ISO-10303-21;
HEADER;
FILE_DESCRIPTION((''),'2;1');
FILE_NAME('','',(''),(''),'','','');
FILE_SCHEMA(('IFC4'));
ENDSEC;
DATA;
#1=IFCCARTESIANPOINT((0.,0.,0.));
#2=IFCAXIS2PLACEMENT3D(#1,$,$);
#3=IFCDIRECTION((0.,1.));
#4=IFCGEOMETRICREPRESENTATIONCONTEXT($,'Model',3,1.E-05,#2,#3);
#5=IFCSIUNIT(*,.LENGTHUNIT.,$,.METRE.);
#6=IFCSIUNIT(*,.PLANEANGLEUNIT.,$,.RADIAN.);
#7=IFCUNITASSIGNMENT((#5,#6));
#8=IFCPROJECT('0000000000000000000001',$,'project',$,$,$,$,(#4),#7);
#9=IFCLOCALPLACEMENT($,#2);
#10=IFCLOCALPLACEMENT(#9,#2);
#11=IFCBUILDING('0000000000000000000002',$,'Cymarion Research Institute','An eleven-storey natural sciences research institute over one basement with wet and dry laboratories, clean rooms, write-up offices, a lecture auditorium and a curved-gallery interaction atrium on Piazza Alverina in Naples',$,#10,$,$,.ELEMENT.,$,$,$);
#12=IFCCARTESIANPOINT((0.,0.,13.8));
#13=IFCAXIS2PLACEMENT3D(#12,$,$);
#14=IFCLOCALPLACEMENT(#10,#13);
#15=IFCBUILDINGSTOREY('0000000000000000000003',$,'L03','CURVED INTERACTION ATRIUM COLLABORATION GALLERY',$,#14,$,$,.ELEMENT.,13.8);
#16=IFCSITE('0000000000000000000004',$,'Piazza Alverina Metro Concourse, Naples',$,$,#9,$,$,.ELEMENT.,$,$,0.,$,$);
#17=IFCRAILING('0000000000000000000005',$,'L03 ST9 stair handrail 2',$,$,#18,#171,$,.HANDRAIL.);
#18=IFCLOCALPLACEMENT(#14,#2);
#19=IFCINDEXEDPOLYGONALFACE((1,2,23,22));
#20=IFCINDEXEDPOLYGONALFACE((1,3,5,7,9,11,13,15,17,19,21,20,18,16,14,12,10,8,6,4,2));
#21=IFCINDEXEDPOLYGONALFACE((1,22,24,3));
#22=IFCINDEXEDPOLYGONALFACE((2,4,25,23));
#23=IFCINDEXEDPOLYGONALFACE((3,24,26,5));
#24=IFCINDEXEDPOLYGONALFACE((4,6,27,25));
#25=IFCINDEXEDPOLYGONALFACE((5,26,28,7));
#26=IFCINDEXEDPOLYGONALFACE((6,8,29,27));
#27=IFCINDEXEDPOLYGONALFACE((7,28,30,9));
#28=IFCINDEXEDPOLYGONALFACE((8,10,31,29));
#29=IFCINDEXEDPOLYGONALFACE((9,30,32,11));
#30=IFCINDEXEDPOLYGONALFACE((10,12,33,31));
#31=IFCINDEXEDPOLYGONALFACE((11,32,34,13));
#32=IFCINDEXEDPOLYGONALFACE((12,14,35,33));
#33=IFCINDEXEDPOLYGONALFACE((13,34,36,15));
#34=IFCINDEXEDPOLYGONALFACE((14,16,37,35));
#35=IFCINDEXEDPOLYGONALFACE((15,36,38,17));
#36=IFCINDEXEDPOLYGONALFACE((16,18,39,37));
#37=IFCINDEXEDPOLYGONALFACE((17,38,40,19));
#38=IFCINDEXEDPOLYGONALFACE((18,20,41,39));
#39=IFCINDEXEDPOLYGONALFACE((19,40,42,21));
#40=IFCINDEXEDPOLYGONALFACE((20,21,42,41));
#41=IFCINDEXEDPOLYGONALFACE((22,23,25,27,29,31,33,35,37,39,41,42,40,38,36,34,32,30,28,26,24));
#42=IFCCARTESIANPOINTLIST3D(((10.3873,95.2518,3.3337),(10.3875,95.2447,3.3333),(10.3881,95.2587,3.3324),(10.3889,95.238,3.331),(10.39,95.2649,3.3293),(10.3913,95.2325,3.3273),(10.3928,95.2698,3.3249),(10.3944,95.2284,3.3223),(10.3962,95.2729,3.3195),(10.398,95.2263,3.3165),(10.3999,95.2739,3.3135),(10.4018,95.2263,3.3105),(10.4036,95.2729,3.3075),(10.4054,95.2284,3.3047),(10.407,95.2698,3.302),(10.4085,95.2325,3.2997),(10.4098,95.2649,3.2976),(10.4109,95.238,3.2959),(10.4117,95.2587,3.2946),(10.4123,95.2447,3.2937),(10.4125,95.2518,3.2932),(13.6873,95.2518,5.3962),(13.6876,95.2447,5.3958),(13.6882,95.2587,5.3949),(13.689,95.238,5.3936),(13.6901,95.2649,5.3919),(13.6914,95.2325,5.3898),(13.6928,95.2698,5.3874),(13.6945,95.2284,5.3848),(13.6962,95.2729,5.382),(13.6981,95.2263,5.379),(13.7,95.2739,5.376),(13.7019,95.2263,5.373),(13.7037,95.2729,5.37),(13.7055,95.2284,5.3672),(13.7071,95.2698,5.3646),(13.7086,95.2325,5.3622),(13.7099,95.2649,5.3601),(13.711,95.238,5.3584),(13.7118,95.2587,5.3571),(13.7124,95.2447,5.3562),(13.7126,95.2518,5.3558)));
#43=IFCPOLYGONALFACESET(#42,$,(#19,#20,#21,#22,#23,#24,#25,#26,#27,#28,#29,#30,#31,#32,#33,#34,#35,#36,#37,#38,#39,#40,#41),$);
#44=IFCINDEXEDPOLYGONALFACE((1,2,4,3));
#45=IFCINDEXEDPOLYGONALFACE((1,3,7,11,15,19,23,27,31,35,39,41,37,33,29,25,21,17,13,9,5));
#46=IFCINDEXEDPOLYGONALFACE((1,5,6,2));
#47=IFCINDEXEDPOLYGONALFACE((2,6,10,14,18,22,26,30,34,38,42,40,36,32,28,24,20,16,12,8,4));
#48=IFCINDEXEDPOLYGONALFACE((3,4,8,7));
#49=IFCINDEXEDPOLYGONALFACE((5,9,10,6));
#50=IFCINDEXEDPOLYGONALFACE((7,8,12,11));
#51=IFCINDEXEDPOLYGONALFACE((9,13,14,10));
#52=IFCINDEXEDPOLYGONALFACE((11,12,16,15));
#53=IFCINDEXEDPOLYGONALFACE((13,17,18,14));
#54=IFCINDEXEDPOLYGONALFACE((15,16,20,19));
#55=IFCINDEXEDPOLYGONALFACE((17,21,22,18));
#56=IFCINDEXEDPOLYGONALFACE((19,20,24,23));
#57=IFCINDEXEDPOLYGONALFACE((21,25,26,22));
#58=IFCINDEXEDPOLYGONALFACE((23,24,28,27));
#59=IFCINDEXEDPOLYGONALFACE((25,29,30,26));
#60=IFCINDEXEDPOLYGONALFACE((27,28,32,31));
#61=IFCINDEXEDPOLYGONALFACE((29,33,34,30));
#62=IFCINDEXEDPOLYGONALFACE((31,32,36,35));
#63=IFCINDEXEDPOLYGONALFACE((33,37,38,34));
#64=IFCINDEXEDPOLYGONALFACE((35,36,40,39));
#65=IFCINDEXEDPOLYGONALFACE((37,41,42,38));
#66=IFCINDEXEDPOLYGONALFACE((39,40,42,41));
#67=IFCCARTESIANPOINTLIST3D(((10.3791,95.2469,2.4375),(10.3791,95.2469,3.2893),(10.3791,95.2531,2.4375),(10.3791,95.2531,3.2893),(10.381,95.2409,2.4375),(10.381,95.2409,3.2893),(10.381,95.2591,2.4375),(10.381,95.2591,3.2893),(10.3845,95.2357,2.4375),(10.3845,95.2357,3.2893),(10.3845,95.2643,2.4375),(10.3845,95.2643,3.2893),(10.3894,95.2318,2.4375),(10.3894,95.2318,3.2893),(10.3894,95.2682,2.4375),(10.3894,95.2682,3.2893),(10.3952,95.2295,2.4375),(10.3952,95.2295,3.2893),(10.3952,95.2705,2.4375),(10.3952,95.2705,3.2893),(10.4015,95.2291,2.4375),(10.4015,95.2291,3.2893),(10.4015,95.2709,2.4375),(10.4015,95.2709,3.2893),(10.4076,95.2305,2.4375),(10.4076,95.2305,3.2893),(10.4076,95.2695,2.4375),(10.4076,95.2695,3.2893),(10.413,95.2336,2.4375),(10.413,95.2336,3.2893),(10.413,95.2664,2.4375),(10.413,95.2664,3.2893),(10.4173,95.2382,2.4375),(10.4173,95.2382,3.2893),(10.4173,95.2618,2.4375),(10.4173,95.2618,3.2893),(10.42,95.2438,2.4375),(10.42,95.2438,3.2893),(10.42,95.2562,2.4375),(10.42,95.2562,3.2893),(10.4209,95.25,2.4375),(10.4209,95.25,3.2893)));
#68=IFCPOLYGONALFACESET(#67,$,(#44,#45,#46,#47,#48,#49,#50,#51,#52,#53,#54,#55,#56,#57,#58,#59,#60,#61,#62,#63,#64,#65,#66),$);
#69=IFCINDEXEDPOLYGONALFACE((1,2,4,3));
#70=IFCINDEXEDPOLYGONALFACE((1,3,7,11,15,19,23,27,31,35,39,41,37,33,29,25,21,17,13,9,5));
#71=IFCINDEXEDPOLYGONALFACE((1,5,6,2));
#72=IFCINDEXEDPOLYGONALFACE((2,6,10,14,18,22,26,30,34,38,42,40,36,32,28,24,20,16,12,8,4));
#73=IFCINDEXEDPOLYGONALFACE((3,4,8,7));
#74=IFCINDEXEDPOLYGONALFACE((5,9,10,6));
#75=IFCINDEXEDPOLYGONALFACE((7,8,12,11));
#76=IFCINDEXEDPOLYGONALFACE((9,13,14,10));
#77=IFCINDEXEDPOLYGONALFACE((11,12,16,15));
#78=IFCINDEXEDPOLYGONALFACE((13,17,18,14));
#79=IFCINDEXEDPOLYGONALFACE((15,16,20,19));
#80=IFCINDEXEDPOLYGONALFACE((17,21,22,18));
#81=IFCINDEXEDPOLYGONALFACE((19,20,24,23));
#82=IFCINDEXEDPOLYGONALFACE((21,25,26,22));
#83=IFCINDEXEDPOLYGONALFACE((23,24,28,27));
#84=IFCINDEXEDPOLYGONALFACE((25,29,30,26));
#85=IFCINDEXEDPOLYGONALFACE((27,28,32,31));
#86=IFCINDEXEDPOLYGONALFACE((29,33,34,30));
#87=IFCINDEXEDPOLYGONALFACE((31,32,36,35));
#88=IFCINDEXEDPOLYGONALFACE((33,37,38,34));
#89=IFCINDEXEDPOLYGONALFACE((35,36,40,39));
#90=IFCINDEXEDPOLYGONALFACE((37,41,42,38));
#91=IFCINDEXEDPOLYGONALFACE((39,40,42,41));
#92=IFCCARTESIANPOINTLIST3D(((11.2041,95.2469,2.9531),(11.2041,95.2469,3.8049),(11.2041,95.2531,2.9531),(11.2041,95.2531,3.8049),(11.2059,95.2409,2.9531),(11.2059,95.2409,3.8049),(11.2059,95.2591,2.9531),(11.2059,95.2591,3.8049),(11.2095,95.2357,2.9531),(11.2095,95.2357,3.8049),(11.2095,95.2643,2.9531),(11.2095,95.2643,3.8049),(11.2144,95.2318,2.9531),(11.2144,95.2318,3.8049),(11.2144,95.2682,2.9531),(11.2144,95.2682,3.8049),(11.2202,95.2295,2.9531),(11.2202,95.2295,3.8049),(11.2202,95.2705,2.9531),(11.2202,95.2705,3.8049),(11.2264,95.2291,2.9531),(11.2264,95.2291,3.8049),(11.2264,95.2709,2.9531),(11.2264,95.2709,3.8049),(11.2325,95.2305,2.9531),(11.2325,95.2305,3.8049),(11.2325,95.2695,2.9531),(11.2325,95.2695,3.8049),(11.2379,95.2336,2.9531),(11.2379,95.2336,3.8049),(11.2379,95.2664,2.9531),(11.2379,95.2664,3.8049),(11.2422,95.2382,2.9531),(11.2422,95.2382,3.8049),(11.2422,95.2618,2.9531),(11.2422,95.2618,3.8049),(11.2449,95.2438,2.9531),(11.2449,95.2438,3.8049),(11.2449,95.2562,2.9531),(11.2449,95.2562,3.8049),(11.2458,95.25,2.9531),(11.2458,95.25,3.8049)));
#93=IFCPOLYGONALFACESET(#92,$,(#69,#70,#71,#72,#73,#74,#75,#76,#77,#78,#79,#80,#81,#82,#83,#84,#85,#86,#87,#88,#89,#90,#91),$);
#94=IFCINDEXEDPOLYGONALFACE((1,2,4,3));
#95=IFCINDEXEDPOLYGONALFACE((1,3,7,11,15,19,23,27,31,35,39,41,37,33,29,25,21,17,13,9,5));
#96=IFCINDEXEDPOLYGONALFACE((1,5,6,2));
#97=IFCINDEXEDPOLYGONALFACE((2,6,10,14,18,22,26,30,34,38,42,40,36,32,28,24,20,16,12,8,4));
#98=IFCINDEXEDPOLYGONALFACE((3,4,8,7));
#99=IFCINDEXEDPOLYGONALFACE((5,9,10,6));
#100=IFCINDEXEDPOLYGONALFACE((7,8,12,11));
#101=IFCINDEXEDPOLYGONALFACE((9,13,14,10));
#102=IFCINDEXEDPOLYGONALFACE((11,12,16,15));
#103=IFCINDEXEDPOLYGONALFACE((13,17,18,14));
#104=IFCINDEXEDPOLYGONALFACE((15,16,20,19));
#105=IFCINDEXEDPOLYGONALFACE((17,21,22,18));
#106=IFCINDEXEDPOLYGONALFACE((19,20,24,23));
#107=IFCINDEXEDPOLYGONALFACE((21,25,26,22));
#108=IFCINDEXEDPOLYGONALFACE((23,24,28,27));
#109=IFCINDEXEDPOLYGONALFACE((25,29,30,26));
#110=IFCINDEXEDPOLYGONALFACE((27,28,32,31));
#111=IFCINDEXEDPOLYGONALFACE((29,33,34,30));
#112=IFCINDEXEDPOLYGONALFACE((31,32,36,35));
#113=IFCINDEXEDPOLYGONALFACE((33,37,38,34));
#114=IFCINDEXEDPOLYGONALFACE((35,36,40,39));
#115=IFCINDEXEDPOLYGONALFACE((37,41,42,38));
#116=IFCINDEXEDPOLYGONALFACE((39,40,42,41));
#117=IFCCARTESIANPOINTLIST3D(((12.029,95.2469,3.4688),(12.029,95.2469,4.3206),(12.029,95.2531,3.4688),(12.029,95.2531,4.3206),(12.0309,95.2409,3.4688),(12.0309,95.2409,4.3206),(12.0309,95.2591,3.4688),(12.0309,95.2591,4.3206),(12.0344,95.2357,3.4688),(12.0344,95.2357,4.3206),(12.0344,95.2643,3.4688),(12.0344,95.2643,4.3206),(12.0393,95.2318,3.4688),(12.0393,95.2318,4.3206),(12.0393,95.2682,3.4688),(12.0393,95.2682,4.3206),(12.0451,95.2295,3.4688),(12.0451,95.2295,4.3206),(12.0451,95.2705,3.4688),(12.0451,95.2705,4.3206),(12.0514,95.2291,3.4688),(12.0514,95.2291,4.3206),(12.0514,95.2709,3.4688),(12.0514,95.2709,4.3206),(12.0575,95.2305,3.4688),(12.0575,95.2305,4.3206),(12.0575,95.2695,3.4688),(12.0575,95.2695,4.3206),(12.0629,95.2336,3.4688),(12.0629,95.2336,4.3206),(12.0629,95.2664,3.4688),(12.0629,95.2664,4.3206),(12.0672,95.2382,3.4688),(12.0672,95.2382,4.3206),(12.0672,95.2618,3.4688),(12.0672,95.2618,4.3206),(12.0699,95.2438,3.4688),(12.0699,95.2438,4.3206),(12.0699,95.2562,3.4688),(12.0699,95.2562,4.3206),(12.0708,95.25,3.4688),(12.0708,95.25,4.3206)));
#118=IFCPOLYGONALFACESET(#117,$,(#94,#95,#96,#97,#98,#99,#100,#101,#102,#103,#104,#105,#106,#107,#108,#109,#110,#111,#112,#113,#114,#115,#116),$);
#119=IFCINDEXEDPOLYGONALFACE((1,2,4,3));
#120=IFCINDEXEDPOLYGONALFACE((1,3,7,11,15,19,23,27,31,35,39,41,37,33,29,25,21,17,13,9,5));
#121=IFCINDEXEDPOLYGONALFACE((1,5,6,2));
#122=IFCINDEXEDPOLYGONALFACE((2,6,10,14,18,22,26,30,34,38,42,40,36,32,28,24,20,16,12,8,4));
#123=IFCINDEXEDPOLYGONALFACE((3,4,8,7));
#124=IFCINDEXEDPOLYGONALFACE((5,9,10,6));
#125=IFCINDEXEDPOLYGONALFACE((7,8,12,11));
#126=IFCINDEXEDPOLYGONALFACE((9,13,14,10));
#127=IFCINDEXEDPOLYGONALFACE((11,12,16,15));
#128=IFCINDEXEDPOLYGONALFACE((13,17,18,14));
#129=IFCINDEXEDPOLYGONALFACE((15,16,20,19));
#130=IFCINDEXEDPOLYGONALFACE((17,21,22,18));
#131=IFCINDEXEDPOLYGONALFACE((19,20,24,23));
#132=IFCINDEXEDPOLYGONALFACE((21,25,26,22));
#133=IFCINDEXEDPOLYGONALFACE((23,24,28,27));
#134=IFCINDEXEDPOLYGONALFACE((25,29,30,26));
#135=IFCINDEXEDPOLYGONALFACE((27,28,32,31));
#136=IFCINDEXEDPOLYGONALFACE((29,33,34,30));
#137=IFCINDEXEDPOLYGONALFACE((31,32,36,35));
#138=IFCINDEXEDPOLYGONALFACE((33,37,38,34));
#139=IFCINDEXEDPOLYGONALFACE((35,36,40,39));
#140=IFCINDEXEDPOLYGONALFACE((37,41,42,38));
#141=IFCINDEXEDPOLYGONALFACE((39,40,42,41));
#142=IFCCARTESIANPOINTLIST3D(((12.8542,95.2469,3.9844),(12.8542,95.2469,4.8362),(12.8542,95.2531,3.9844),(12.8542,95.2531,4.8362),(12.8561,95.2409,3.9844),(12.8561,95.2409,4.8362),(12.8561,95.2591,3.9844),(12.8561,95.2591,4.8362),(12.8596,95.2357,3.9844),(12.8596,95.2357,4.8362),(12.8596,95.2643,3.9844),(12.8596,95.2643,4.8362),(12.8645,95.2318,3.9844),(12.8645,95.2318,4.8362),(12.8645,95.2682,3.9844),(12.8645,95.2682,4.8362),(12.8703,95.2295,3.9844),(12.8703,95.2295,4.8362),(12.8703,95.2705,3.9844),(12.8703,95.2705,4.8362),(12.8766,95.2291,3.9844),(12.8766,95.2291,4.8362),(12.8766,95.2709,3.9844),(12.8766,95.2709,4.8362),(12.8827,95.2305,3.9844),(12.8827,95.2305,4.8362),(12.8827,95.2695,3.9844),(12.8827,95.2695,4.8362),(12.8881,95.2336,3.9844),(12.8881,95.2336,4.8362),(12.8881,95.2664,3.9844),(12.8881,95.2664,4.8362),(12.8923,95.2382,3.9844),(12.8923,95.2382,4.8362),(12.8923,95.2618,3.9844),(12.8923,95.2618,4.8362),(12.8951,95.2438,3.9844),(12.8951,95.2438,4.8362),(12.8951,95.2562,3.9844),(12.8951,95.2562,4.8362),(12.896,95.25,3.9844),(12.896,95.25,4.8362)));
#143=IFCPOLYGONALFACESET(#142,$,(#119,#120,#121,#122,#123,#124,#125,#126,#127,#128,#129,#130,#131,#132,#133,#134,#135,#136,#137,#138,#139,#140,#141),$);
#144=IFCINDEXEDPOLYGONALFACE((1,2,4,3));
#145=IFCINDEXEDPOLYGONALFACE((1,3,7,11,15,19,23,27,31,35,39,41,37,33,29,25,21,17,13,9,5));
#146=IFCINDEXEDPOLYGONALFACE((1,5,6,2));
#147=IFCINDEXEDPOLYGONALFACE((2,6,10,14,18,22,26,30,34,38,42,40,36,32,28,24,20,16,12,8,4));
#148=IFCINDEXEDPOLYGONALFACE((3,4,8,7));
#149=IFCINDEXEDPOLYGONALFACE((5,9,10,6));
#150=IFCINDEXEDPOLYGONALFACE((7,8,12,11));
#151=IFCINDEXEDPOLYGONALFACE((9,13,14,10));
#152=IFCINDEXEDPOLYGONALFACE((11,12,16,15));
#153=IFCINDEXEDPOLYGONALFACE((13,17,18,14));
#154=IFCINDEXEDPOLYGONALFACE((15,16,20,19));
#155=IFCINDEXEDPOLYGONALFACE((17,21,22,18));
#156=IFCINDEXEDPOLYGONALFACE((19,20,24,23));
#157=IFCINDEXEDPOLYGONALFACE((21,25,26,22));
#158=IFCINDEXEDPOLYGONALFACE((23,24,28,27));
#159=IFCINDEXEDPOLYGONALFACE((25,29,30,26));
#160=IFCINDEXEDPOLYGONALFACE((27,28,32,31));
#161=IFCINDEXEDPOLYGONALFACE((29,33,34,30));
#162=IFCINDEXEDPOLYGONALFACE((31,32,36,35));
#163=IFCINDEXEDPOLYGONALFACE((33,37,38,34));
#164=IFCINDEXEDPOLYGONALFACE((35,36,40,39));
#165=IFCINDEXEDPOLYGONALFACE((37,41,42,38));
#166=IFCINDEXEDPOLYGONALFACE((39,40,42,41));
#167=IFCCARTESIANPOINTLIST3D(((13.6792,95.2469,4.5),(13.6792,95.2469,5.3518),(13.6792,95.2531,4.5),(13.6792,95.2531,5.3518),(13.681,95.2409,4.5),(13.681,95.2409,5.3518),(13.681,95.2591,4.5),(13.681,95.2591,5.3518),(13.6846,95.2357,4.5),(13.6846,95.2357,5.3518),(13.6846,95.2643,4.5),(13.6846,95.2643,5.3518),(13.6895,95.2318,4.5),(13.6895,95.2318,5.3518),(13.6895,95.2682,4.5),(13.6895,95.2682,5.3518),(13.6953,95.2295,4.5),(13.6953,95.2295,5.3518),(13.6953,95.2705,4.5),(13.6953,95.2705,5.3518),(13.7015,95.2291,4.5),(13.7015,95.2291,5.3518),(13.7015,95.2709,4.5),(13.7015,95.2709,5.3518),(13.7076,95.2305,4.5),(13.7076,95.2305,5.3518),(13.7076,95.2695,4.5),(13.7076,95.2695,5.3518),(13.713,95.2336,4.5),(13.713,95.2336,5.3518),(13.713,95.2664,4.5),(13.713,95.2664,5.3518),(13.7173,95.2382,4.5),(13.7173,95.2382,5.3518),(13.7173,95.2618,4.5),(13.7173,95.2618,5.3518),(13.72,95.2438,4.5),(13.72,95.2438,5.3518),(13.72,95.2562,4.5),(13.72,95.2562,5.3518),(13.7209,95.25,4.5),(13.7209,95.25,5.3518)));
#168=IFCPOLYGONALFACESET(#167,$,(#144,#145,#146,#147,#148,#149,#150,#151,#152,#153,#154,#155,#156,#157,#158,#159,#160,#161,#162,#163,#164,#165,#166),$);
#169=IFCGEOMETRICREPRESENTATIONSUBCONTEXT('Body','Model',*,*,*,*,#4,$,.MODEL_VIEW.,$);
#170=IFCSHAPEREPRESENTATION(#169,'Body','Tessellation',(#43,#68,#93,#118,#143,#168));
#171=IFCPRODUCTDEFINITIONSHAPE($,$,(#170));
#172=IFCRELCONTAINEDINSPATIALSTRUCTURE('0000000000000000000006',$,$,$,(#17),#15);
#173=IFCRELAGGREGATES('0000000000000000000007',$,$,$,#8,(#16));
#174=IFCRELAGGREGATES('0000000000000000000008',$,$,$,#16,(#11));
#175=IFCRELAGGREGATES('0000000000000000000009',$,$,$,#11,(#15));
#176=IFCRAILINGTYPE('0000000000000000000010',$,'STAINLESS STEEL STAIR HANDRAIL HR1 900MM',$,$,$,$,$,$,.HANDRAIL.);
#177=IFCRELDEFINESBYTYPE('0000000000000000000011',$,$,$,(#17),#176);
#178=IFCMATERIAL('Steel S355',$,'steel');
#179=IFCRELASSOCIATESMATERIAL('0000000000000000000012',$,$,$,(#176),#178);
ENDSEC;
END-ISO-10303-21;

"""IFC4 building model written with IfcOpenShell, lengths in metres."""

from ifc_helpers import new_model, si_unit, direction, frame, origin, origin_2d, place, context, subcontext, project, spatial, circle, extrude, material, type_object, element, save


model = new_model("IFC4")

# Units and contexts
model_context = context("Model", 3, precision=1e-05, world=origin(), true_north=direction((0.0, 1.0)))
body_context = subcontext(model_context, "Body", "Model", "MODEL_VIEW")
ifc_project = project(units=[si_unit("LENGTHUNIT", "METRE"), si_unit("PLANEANGLEUNIT", "RADIAN")], contexts=[model_context])

# Site, building, storey
site_placement = place(None, origin())
site = spatial("IfcSite", under=ifc_project, at=site_placement, Name="Piazza Alverina Metro Concourse, Naples", CompositionType="ELEMENT", RefElevation=0.0)
building_placement = place(site_placement, origin())
building = spatial("IfcBuilding", under=site, at=building_placement, Name="Cymarion Research Institute", Description="An eleven-storey natural sciences research institute over one basement with wet and dry laboratories, clean rooms, write-up offices, a lecture auditorium and a curved-gallery interaction atrium on Piazza Alverina in Naples", CompositionType="ELEMENT")
storey_placement = place(building_placement, frame((0.0, 0.0, 13.8)))
storey = spatial("IfcBuildingStorey", under=building, at=storey_placement, Name="L03", Description="CURVED INTERACTION ATRIUM COLLABORATION GALLERY", CompositionType="ELEMENT", Elevation=13.8)

# Shared definitions
ifc_material_1 = material(Name="Steel S355", Category="steel")

# Railing
railing_type_1 = type_object("IfcRailingType", Name="STAINLESS STEEL STAIR HANDRAIL HR1 900MM", PredefinedType="HANDRAIL", material=ifc_material_1)
railing_1_placement = place(storey_placement, frame((10.3999, 95.25, 2.4375)))
element("IfcRailing", 1, at=railing_1_placement, inside=storey, type_object=railing_type_1, Name="L03 ST9 stair handrail 2", PredefinedType="HANDRAIL", context=body_context, shape_type="SweptSolid", body=[
    extrude(circle(Radius=0.0239, at=origin_2d()), frame((0.0, 0.0, 0.876), z_axis=(0.848002, 0.0, 0.529993), x_axis=(0.0, 1.0, 0.0)), (0.0, 0.0, 1.0), 3.8916),
    extrude(circle(Radius=0.021, at=origin_2d()), origin(), (0.0, 0.0, 1.0), 0.8518),
    extrude(circle(Radius=0.021, at=origin_2d()), frame((0.825, 0.0, 0.5156)), (0.0, 0.0, 1.0), 0.8518),
    extrude(circle(Radius=0.021, at=origin_2d()), frame((1.6499, 0.0, 1.0312)), (0.0, 0.0, 1.0), 0.8518),
    extrude(circle(Radius=0.021, at=origin_2d()), frame((2.4751, 0.0, 1.5469)), (0.0, 0.0, 1.0), 0.8518),
    extrude(circle(Radius=0.021, at=origin_2d()), frame((3.3, 0.0, 2.0625)), (0.0, 0.0, 1.0), 0.8518),
])

save(model, "model.ifc")
